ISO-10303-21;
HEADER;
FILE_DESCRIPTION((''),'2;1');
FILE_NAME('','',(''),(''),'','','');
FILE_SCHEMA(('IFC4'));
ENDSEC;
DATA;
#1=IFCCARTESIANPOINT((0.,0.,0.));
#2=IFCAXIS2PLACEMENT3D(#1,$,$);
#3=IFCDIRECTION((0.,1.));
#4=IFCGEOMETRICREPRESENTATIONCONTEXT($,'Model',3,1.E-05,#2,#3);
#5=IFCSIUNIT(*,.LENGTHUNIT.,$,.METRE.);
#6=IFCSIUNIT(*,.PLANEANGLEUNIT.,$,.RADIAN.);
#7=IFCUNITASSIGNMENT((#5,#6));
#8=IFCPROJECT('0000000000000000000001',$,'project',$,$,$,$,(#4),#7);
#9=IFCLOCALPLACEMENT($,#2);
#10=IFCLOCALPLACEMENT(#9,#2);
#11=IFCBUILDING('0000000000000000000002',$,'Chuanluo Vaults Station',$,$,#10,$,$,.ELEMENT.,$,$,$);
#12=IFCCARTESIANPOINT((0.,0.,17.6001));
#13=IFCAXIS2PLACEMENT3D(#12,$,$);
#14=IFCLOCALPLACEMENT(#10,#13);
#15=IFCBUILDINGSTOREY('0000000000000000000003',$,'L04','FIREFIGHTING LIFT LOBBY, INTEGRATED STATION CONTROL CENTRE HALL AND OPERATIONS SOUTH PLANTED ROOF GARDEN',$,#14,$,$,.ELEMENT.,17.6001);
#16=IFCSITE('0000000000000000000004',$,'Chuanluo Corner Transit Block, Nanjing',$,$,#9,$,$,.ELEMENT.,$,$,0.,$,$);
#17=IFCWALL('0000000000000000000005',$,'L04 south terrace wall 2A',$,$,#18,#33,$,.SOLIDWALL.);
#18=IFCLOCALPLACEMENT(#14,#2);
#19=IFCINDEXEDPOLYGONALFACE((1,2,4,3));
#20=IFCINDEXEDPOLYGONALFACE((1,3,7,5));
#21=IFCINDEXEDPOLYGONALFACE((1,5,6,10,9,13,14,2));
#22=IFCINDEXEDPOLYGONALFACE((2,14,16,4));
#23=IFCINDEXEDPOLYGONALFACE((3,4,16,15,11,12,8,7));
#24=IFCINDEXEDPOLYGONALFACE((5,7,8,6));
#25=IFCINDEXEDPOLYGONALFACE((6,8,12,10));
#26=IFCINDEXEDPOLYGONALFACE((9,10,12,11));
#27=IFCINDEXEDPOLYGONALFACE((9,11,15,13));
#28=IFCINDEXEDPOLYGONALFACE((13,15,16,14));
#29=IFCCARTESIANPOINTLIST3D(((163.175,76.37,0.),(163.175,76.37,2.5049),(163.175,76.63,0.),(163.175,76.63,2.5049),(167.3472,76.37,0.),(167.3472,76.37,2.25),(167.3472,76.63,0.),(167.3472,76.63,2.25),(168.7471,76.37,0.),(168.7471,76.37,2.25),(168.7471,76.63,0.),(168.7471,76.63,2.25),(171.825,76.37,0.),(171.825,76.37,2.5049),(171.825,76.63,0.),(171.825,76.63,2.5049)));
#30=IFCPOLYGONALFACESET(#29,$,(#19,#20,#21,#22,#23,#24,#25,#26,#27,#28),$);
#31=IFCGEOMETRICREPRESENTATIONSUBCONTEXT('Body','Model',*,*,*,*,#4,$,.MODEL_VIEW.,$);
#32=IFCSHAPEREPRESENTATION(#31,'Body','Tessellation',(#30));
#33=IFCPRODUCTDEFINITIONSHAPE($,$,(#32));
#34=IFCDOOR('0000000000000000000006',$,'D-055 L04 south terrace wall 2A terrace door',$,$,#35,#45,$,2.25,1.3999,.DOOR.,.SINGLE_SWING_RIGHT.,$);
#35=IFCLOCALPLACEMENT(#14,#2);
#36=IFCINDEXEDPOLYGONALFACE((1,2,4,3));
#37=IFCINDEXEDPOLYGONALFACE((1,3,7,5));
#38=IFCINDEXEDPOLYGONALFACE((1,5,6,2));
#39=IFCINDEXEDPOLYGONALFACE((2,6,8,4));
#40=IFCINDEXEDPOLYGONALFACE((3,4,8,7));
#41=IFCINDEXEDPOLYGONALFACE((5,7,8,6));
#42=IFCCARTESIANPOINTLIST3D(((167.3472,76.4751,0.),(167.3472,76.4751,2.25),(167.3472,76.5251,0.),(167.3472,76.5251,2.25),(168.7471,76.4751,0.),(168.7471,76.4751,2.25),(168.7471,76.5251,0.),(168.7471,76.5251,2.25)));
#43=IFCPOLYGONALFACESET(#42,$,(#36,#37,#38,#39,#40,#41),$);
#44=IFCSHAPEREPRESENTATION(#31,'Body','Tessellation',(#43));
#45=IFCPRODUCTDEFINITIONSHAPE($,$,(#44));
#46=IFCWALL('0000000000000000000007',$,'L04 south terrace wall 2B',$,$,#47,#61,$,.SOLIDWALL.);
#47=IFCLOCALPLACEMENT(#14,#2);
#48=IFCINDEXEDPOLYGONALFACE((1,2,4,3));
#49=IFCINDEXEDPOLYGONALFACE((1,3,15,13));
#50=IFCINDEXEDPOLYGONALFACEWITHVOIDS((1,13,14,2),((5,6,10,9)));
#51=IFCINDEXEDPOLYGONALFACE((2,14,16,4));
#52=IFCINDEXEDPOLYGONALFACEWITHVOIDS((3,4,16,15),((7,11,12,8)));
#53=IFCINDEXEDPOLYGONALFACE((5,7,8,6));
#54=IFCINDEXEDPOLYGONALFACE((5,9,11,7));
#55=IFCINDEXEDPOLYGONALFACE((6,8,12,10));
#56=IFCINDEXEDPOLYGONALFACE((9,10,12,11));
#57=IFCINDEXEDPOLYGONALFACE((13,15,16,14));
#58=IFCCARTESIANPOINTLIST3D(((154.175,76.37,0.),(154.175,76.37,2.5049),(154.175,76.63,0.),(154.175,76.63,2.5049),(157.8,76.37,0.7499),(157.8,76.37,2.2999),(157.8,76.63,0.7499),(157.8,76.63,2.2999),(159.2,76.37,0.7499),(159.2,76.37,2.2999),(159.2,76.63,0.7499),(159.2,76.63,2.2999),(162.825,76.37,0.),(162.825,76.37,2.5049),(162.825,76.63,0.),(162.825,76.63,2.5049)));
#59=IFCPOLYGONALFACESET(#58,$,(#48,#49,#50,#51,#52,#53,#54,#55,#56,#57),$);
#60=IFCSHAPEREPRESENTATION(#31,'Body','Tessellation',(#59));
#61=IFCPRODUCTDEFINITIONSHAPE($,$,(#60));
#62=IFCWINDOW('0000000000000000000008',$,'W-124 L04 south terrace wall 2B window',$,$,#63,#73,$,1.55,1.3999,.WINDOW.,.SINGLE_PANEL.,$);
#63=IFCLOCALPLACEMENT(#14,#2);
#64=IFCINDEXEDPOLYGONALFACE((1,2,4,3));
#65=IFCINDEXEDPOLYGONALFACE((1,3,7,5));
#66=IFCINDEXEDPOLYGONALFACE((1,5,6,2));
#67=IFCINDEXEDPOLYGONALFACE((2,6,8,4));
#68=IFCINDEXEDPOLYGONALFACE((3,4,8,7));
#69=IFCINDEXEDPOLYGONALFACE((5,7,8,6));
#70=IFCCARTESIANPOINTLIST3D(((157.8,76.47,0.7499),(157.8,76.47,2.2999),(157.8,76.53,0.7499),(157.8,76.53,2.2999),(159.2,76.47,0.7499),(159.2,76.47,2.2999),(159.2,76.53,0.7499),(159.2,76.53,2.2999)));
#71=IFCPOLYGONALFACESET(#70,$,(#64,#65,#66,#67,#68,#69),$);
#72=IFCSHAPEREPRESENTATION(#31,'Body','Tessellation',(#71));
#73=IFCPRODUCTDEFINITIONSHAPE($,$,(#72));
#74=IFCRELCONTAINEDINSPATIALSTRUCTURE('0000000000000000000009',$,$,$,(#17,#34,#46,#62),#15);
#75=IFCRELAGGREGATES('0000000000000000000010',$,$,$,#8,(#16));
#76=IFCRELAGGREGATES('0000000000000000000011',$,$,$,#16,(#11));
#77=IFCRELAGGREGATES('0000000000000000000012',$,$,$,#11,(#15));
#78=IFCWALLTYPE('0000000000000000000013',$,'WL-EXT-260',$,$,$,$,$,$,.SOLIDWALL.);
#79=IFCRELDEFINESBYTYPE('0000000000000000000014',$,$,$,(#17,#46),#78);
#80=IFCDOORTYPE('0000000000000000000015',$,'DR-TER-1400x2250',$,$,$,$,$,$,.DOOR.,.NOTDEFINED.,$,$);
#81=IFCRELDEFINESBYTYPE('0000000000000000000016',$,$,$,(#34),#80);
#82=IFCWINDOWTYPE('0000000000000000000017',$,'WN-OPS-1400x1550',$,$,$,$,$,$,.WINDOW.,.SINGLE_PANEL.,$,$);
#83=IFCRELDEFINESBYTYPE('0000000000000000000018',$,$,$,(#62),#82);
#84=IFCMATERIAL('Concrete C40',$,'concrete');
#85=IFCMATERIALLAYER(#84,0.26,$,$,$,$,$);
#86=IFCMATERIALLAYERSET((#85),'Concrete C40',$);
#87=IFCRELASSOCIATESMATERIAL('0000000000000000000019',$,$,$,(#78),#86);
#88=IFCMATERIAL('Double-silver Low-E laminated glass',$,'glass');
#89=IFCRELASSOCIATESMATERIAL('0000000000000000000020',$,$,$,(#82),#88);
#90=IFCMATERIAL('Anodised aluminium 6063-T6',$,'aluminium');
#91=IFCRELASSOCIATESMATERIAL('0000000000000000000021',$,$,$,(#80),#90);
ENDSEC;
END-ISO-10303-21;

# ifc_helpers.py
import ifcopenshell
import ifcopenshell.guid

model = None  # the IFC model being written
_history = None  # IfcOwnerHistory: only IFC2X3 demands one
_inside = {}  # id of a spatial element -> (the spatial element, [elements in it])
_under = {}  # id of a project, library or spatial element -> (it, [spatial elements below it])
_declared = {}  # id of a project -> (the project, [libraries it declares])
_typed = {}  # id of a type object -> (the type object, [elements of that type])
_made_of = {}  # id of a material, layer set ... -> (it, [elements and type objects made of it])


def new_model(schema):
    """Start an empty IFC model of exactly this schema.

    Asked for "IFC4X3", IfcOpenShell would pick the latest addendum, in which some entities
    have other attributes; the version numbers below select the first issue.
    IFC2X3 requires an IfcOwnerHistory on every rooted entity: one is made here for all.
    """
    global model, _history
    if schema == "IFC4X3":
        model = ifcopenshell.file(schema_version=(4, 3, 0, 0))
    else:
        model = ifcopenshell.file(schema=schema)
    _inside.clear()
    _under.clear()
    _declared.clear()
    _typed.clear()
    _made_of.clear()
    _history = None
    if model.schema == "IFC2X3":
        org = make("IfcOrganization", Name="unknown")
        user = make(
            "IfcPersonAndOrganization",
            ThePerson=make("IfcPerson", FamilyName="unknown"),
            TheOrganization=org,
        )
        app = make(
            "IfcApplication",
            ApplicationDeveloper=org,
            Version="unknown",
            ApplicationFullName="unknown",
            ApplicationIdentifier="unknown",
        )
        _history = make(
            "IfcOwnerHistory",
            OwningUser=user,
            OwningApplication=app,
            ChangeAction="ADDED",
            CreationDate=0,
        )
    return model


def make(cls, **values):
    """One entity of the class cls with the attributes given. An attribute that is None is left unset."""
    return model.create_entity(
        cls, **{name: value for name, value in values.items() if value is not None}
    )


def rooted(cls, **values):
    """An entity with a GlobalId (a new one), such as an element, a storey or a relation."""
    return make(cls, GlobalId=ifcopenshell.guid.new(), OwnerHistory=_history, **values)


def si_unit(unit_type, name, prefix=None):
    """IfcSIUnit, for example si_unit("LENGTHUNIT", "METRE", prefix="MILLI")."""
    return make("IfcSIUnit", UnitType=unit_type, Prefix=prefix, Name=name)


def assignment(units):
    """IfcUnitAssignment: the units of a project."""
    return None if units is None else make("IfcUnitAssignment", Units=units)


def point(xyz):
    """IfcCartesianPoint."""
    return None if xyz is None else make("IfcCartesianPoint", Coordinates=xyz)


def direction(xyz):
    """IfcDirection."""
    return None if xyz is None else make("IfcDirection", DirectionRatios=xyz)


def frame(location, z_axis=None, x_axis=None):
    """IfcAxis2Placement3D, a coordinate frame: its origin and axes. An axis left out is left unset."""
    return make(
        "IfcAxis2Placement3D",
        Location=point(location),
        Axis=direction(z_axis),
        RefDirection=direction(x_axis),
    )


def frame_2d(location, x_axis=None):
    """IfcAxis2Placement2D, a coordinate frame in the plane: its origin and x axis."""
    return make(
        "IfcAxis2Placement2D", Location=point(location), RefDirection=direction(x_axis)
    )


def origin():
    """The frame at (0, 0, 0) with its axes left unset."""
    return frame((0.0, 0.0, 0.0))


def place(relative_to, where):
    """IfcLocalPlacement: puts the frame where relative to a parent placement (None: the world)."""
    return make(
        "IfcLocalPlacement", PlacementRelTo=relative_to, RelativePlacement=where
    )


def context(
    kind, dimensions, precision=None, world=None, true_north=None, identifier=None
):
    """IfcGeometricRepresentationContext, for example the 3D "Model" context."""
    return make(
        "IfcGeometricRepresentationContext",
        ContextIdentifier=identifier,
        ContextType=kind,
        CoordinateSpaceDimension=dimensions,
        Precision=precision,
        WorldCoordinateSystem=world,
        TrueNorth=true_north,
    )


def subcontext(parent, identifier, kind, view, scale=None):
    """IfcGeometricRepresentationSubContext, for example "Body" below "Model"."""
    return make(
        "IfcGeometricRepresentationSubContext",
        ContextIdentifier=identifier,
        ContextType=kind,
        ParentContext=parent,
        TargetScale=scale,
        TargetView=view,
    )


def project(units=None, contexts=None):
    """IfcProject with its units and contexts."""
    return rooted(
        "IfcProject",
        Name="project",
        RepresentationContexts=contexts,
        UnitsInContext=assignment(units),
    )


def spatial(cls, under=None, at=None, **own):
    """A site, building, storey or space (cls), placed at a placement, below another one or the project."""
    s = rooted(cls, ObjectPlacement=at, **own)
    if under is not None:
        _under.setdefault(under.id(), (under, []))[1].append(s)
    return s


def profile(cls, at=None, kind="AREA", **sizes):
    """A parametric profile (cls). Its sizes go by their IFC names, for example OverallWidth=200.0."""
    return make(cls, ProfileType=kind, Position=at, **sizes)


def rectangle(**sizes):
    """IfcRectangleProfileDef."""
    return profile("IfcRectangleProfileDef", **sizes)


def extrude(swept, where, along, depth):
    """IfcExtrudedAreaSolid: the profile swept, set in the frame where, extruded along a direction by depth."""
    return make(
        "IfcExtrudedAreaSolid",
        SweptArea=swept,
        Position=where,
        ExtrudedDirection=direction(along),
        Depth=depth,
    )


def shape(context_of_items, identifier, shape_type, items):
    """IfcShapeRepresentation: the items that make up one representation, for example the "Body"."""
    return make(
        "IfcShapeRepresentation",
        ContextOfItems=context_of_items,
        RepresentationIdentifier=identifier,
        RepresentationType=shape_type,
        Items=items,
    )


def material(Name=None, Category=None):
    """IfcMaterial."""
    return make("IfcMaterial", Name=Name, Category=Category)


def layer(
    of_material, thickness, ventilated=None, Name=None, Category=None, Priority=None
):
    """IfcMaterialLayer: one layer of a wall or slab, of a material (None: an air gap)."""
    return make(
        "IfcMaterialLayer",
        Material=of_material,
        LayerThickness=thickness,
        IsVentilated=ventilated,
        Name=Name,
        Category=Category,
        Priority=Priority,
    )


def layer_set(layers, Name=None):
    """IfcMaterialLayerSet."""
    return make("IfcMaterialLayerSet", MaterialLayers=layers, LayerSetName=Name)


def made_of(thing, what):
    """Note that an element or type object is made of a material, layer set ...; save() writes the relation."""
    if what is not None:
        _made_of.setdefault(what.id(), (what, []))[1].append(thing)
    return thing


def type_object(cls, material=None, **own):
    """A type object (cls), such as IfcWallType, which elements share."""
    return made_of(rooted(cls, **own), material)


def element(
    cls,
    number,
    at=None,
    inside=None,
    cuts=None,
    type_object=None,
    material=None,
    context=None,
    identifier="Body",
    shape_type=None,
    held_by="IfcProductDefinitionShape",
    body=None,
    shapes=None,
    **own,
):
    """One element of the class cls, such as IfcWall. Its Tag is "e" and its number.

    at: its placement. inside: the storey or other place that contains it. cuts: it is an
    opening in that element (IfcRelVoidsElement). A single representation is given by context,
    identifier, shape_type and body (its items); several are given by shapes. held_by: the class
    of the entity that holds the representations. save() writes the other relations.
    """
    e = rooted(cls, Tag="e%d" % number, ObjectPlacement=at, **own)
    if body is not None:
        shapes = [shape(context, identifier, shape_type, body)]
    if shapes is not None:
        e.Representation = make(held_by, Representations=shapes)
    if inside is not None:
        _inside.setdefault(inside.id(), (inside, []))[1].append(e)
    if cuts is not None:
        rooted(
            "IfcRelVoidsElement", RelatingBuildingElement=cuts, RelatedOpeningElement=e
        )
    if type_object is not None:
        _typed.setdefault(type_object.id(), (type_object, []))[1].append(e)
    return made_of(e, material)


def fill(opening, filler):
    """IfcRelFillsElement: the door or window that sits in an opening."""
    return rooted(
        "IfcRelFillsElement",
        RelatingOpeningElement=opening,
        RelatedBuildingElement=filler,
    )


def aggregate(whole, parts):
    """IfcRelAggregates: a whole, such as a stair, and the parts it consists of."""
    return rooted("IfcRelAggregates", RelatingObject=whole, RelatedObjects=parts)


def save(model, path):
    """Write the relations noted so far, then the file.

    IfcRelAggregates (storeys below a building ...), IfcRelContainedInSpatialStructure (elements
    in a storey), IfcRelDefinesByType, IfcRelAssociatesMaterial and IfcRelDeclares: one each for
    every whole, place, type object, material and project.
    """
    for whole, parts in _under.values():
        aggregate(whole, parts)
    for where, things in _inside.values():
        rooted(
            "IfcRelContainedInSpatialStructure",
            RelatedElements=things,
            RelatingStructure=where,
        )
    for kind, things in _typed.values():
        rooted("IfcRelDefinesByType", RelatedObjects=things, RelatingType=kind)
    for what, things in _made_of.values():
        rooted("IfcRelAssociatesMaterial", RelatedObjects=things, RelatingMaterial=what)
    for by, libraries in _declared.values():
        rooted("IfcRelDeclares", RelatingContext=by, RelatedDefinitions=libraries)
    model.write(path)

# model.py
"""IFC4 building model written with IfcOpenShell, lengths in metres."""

from ifc_helpers import new_model, si_unit, direction, frame, frame_2d, origin, place, context, subcontext, project, spatial, rectangle, extrude, material, layer, layer_set, type_object, element, fill, save


model = new_model("IFC4")

# Units and contexts
model_context = context("Model", 3, precision=1e-05, world=origin(), true_north=direction((0.0, 1.0)))
body_context = subcontext(model_context, "Body", "Model", "MODEL_VIEW")
ifc_project = project(units=[si_unit("LENGTHUNIT", "METRE"), si_unit("PLANEANGLEUNIT", "RADIAN")], contexts=[model_context])

# Site, building, storey
site_placement = place(None, origin())
site = spatial("IfcSite", under=ifc_project, at=site_placement, Name="Chuanluo Corner Transit Block, Nanjing", CompositionType="ELEMENT", RefElevation=0.0)
building_placement = place(site_placement, origin())
building = spatial("IfcBuilding", under=site, at=building_placement, Name="Chuanluo Vaults Station", CompositionType="ELEMENT")
storey_placement = place(building_placement, frame((0.0, 0.0, 17.6001)))
storey = spatial("IfcBuildingStorey", under=building, at=storey_placement, Name="L04", Description="FIREFIGHTING LIFT LOBBY, INTEGRATED STATION CONTROL CENTRE HALL AND OPERATIONS SOUTH PLANTED ROOF GARDEN", CompositionType="ELEMENT", Elevation=17.6001)

# Shared definitions
ifc_material_1 = material(Name="Concrete C40", Category="concrete")
ifc_layer = layer(ifc_material_1, 0.26)
ifc_layer_set = layer_set([ifc_layer], Name="Concrete C40")
wall_type = type_object("IfcWallType", Name="WL-EXT-260", PredefinedType="SOLIDWALL", material=ifc_layer_set)
ifc_material_2 = material(Name="Double-silver Low-E laminated glass", Category="glass")
window_type = type_object("IfcWindowType", Name="WN-OPS-1400x1550", PartitioningType="SINGLE_PANEL", PredefinedType="WINDOW", material=ifc_material_2)

# Wall, opening, door
wall_1_placement = place(storey_placement, frame((171.825, 76.5, 0.0), z_axis=(0.0, 0.0, 1.0), x_axis=(-1.0, 0.0, 0.0)))
wall_1 = element("IfcWall", 1, at=wall_1_placement, inside=storey, type_object=wall_type, Name="L04 south terrace wall 2A", PredefinedType="SOLIDWALL", context=body_context, shape_type="SweptSolid", body=[
    extrude(rectangle(XDim=8.6499, YDim=0.26, at=frame_2d((4.325, 0.0))), origin(), (0.0, 0.0, 1.0), 2.5049),
])
opening_1_placement = place(wall_1_placement, frame((3.0779, 0.0, 0.0)))
opening_1 = element("IfcOpeningElement", 2, at=opening_1_placement, cuts=wall_1, PredefinedType="OPENING", context=body_context, shape_type="SweptSolid", body=[
    extrude(rectangle(XDim=1.3999, YDim=2.25, at=frame_2d((0.7, 1.125))), frame((0.0, 0.1399, 0.0), z_axis=(0.0, -1.0, 0.0), x_axis=(1.0, 0.0, 0.0)), (0.0, 0.0, 1.0), 0.28),
])
ifc_material_3 = material(Name="Anodised aluminium 6063-T6", Category="aluminium")
door_type = type_object("IfcDoorType", Name="DR-TER-1400x2250", OperationType="NOTDEFINED", PredefinedType="DOOR", material=ifc_material_3)
door_placement = place(opening_1_placement, origin())
door = element("IfcDoor", 3, at=door_placement, inside=storey, type_object=door_type, Name="D-055 L04 south terrace wall 2A terrace door", OperationType="SINGLE_SWING_RIGHT", OverallHeight=2.25, OverallWidth=1.3999, PredefinedType="DOOR", context=body_context, shape_type="SweptSolid", body=[
    extrude(rectangle(XDim=1.3999, YDim=2.25, at=frame_2d((0.7, 1.125))), frame((0.0, 0.0249, 0.0), z_axis=(0.0, -1.0, 0.0), x_axis=(1.0, 0.0, 0.0)), (0.0, 0.0, 1.0), 0.05),
])
fill(opening_1, door)

# Wall, opening, window
wall_2_placement = place(storey_placement, frame((162.825, 76.5, 0.0), z_axis=(0.0, 0.0, 1.0), x_axis=(-1.0, 0.0, 0.0)))
wall_2 = element("IfcWall", 4, at=wall_2_placement, inside=storey, type_object=wall_type, Name="L04 south terrace wall 2B", PredefinedType="SOLIDWALL", context=body_context, shape_type="SweptSolid", body=[
    extrude(rectangle(XDim=8.6499, YDim=0.26, at=frame_2d((4.325, 0.0))), origin(), (0.0, 0.0, 1.0), 2.5049),
])
opening_2_placement = place(wall_2_placement, frame((3.625, 0.0, 0.75)))
opening_2 = element("IfcOpeningElement", 5, at=opening_2_placement, cuts=wall_2, PredefinedType="OPENING", context=body_context, shape_type="SweptSolid", body=[
    extrude(rectangle(XDim=1.3999, YDim=1.55, at=frame_2d((0.7, 0.7749))), frame((0.0, 0.1399, 0.0), z_axis=(0.0, -1.0, 0.0), x_axis=(1.0, 0.0, 0.0)), (0.0, 0.0, 1.0), 0.28),
])
window_1_placement = place(opening_2_placement, origin())
window_1 = element("IfcWindow", 6, at=window_1_placement, inside=storey, type_object=window_type, Name="W-124 L04 south terrace wall 2B window", OverallHeight=1.55, OverallWidth=1.3999, PartitioningType="SINGLE_PANEL", PredefinedType="WINDOW", context=body_context, shape_type="SweptSolid", body=[
    extrude(rectangle(XDim=1.3999, YDim=1.55, at=frame_2d((0.7, 0.7749))), frame((0.0, 0.03, 0.0), z_axis=(0.0, -1.0, 0.0), x_axis=(1.0, 0.0, 0.0)), (0.0, 0.0, 1.0), 0.0601),
])
fill(opening_2, window_1)

save(model, "model.ifc")
